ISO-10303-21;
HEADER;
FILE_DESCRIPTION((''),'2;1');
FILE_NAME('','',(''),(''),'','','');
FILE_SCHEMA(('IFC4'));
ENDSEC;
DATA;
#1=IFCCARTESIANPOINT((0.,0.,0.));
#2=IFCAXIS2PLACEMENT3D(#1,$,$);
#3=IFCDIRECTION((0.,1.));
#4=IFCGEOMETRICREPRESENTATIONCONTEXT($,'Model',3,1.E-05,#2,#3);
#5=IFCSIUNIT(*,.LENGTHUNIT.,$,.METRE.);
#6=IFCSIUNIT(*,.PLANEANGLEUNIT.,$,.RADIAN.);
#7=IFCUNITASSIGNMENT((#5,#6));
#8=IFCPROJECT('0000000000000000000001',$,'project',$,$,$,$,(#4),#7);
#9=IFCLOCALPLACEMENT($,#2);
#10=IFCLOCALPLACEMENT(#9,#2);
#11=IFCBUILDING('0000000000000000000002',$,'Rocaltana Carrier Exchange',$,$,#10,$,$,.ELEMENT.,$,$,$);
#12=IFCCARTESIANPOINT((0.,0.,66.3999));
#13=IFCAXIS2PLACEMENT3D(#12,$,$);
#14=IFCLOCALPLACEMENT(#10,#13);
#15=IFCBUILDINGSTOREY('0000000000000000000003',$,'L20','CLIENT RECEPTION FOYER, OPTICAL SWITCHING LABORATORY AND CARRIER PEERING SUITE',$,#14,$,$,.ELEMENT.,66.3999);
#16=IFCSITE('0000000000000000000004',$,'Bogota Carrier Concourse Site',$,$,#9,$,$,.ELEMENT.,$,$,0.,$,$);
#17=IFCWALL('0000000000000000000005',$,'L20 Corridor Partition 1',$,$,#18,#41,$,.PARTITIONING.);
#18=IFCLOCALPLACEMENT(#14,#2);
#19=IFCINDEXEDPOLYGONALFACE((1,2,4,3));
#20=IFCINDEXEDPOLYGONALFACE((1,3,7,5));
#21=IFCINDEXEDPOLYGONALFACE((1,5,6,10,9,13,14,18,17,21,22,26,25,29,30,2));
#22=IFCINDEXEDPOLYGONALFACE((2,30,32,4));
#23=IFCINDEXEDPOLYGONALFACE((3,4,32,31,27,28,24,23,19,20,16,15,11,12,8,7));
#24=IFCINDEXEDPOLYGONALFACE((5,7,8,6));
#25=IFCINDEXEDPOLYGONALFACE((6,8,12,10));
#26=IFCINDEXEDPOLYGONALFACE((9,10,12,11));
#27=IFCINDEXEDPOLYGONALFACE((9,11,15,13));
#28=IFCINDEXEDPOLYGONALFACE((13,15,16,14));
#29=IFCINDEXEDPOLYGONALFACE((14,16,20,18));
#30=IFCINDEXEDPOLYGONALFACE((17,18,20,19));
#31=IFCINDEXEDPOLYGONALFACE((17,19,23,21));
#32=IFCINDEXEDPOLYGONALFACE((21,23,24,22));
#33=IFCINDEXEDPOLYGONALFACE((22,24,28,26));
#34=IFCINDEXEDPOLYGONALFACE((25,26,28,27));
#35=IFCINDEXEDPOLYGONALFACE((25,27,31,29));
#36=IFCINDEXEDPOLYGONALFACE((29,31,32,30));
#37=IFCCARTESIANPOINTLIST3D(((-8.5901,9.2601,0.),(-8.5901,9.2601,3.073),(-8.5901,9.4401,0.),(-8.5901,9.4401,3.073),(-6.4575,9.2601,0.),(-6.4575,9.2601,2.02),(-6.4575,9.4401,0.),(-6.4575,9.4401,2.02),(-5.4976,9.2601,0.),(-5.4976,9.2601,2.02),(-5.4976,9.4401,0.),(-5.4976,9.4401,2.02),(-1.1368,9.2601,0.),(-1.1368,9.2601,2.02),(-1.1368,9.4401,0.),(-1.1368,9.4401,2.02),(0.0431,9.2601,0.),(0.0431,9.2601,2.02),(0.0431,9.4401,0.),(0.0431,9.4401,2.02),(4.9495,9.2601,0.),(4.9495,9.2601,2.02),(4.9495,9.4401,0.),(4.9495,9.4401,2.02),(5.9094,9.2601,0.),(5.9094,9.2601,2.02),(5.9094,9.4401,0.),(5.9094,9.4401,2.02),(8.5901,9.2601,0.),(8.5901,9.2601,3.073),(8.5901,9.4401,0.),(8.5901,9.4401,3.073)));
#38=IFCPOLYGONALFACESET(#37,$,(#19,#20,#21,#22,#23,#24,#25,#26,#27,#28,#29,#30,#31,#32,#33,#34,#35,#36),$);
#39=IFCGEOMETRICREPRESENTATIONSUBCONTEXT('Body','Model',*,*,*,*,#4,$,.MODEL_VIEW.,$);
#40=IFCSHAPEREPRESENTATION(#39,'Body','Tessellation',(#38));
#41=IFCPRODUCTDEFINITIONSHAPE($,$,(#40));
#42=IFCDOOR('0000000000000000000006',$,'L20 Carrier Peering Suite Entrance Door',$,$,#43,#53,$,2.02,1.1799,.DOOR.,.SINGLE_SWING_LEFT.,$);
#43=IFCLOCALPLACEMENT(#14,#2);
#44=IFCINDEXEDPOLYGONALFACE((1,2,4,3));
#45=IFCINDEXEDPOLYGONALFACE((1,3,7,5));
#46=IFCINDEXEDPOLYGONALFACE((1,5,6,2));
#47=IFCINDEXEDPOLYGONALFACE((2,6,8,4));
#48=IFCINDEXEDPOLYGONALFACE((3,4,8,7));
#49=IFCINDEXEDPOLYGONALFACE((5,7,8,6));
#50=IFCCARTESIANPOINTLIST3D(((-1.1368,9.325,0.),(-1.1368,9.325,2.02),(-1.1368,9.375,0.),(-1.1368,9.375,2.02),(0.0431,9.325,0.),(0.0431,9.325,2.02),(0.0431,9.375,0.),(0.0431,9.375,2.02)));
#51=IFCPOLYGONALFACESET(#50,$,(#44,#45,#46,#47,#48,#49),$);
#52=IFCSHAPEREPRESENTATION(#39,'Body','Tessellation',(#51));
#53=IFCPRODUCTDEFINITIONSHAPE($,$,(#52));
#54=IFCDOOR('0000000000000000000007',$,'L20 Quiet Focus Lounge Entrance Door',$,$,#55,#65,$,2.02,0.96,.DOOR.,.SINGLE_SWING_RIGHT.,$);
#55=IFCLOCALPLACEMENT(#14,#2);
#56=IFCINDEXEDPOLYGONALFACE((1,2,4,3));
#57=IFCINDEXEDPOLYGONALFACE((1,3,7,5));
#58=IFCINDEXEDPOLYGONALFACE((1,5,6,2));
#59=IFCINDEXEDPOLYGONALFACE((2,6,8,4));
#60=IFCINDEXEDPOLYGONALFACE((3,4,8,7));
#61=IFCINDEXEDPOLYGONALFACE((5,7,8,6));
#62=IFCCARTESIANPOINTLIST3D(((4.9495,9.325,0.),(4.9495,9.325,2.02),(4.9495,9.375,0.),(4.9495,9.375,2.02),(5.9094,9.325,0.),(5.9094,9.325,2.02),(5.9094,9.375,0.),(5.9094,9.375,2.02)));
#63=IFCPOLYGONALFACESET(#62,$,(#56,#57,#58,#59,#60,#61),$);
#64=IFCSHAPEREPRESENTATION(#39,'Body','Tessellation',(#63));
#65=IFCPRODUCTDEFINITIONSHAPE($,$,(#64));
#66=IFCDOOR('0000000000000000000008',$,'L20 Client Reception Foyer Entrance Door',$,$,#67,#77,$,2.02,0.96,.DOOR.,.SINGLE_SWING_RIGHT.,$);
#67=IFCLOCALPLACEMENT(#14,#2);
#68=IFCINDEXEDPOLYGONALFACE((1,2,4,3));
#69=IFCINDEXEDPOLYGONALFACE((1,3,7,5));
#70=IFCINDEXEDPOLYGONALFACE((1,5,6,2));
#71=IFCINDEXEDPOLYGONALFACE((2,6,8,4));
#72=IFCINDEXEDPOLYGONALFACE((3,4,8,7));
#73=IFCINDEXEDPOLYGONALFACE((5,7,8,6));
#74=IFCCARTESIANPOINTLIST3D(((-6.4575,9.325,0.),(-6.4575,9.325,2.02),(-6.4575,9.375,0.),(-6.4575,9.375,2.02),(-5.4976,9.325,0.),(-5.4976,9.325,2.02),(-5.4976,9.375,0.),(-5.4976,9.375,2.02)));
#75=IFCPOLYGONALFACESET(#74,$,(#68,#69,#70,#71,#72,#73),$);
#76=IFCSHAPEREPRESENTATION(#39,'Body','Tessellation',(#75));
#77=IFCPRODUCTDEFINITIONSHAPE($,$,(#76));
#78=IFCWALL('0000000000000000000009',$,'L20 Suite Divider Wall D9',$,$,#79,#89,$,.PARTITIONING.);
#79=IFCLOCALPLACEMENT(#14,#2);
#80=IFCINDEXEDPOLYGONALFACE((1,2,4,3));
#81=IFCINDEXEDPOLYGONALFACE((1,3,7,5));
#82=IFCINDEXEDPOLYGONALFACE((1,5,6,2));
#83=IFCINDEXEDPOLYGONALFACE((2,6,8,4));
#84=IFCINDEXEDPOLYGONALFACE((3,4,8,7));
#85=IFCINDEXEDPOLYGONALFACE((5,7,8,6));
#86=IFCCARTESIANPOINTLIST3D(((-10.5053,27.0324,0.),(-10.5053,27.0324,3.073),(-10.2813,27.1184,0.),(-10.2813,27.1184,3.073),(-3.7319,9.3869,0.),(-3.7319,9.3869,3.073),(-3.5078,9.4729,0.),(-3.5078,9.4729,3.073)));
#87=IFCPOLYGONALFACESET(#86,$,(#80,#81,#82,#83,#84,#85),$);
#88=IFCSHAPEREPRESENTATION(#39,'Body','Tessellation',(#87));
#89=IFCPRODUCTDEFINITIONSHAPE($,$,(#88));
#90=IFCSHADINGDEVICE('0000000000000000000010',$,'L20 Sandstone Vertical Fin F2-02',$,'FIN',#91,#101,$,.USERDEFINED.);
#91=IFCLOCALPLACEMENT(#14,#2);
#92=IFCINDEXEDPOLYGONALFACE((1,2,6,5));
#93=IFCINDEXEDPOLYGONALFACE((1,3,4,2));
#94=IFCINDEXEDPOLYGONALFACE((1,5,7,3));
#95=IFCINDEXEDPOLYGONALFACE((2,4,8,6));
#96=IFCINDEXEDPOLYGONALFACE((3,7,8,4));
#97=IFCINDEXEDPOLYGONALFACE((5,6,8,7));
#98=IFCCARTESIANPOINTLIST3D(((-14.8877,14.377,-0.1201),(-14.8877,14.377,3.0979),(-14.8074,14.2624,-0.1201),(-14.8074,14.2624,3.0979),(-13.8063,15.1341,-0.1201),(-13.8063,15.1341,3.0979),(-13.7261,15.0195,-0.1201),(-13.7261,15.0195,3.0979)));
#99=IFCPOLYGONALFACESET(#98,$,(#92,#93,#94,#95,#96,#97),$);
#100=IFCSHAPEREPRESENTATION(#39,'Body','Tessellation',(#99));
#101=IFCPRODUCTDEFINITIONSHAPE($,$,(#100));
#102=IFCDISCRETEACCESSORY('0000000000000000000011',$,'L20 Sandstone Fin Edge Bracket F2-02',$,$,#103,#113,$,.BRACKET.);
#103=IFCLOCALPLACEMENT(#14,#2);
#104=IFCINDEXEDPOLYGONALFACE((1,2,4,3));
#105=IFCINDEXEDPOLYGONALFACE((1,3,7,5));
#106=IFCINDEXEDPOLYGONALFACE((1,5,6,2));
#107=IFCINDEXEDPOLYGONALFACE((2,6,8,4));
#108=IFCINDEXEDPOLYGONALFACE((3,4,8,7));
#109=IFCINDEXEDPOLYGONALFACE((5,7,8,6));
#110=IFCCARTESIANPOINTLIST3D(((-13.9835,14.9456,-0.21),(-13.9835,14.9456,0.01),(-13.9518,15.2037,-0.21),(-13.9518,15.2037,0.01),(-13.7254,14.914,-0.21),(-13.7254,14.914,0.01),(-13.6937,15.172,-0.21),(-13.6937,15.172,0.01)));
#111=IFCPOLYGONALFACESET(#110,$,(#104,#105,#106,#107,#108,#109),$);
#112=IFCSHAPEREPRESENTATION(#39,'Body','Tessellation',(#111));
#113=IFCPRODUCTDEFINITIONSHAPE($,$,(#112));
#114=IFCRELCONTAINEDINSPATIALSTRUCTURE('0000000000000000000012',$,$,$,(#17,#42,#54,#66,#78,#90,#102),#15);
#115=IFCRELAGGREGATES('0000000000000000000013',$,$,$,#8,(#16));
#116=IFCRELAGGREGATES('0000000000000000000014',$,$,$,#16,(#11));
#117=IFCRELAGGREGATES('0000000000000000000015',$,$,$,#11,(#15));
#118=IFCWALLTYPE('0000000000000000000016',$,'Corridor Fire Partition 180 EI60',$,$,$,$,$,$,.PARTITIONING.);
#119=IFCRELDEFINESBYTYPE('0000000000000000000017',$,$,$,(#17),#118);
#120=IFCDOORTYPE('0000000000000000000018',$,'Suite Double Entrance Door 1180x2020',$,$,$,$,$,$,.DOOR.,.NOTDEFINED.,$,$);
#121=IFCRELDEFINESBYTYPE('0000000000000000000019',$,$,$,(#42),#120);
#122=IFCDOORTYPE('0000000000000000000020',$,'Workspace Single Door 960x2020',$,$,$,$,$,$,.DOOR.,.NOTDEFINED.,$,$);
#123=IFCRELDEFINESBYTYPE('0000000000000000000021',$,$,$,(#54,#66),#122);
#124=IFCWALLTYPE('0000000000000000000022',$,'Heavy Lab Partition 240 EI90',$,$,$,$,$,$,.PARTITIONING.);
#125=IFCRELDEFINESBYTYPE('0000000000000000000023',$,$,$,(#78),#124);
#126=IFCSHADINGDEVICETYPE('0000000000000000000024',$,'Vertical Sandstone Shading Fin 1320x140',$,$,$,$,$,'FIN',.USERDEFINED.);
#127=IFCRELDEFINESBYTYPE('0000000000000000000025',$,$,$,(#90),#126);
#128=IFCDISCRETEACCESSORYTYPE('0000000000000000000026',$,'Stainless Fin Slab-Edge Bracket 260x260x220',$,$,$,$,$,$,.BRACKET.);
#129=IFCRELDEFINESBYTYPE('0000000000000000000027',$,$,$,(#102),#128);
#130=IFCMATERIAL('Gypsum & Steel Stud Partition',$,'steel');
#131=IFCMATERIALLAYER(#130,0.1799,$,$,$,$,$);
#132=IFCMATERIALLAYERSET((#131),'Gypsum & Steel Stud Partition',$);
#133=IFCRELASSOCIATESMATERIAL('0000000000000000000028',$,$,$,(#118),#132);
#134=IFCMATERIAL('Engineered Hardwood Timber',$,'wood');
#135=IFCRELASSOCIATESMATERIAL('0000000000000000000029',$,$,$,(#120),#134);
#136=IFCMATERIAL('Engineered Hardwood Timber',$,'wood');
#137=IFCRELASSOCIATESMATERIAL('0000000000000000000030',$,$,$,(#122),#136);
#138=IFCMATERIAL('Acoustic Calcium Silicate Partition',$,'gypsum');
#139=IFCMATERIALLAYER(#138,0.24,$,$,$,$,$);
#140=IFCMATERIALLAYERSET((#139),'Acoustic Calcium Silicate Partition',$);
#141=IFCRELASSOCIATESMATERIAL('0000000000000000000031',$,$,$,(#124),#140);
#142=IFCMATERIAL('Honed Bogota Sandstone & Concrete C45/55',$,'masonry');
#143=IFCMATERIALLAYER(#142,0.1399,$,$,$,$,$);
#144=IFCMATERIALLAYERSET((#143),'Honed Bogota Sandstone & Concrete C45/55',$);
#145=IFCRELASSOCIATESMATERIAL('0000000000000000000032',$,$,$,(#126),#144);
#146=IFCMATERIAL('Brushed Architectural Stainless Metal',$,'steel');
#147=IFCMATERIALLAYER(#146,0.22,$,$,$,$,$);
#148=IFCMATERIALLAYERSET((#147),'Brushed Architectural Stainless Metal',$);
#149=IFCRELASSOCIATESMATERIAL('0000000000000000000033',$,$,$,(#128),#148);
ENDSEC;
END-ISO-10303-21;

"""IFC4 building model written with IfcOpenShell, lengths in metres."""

from ifc_helpers import new_model, si_unit, direction, frame, frame_2d, origin, origin_2d, place, context, subcontext, project, spatial, rectangle, extrude, material, layer, layer_set, type_object, element, fill, save


model = new_model("IFC4")

# Units and contexts
model_context = context("Model", 3, precision=1e-05, world=origin(), true_north=direction((0.0, 1.0)))
body_context = subcontext(model_context, "Body", "Model", "MODEL_VIEW")
ifc_project = project(units=[si_unit("LENGTHUNIT", "METRE"), si_unit("PLANEANGLEUNIT", "RADIAN")], contexts=[model_context])

# Site, building, storey
site_placement = place(None, origin())
site = spatial("IfcSite", under=ifc_project, at=site_placement, Name="Bogota Carrier Concourse Site", CompositionType="ELEMENT", RefElevation=0.0)
building_placement = place(site_placement, origin())
building = spatial("IfcBuilding", under=site, at=building_placement, Name="Rocaltana Carrier Exchange", CompositionType="ELEMENT")
storey_placement = place(building_placement, frame((0.0, 0.0, 66.3999)))
storey = spatial("IfcBuildingStorey", under=building, at=storey_placement, Name="L20", Description="CLIENT RECEPTION FOYER, OPTICAL SWITCHING LABORATORY AND CARRIER PEERING SUITE", CompositionType="ELEMENT", Elevation=66.3999)

# Wall, openings, doors
ifc_material_1 = material(Name="Gypsum & Steel Stud Partition", Category="steel")
ifc_layer_1 = layer(ifc_material_1, 0.1799)
ifc_layer_set_1 = layer_set([ifc_layer_1], Name="Gypsum & Steel Stud Partition")
wall_type_1 = type_object("IfcWallType", Name="Corridor Fire Partition 180 EI60", PredefinedType="PARTITIONING", material=ifc_layer_set_1)
wall_1_placement = place(storey_placement, frame((-8.5901, 9.3501, 0.0), z_axis=(0.0, 0.0, 1.0), x_axis=(1.0, 0.0, 0.0)))
wall_1 = element("IfcWall", 1, at=wall_1_placement, inside=storey, type_object=wall_type_1, Name="L20 Corridor Partition 1", PredefinedType="PARTITIONING", context=body_context, shape_type="SweptSolid", body=[
    extrude(rectangle(XDim=17.1802, YDim=0.1799, at=frame_2d((8.5901, 0.0))), origin(), (0.0, 0.0, 1.0), 3.073),
])
opening_1_placement = place(wall_1_placement, frame((13.5396, 0.0, 0.0)))
opening_1 = element("IfcOpeningElement", 2, at=opening_1_placement, cuts=wall_1, PredefinedType="OPENING", context=body_context, shape_type="SweptSolid", body=[
    extrude(rectangle(XDim=0.96, YDim=2.02, at=frame_2d((0.48, 1.01))), frame((0.0, 0.0999, 0.0), z_axis=(0.0, -1.0, 0.0), x_axis=(1.0, 0.0, 0.0)), (0.0, 0.0, 1.0), 0.2),
])
opening_2_placement = place(wall_1_placement, frame((7.4534, 0.0, 0.0)))
opening_2 = element("IfcOpeningElement", 3, at=opening_2_placement, cuts=wall_1, PredefinedType="OPENING", context=body_context, shape_type="SweptSolid", body=[
    extrude(rectangle(XDim=1.1799, YDim=2.02, at=frame_2d((0.5898, 1.01))), frame((0.0, 0.0999, 0.0), z_axis=(0.0, -1.0, 0.0), x_axis=(1.0, 0.0, 0.0)), (0.0, 0.0, 1.0), 0.2),
])
opening_3_placement = place(wall_1_placement, frame((2.1326, 0.0, 0.0)))
opening_3 = element("IfcOpeningElement", 4, at=opening_3_placement, cuts=wall_1, PredefinedType="OPENING", context=body_context, shape_type="SweptSolid", body=[
    extrude(rectangle(XDim=0.96, YDim=2.02, at=frame_2d((0.48, 1.01))), frame((0.0, 0.0999, 0.0), z_axis=(0.0, -1.0, 0.0), x_axis=(1.0, 0.0, 0.0)), (0.0, 0.0, 1.0), 0.2),
])
ifc_material_2 = material(Name="Engineered Hardwood Timber", Category="wood")
door_type_1 = type_object("IfcDoorType", Name="Suite Double Entrance Door 1180x2020", OperationType="NOTDEFINED", PredefinedType="DOOR", material=ifc_material_2)
door_1_placement = place(opening_2_placement, origin())
door_1 = element("IfcDoor", 5, at=door_1_placement, inside=storey, type_object=door_type_1, Name="L20 Carrier Peering Suite Entrance Door", OperationType="SINGLE_SWING_LEFT", OverallHeight=2.02, OverallWidth=1.1799, PredefinedType="DOOR", context=body_context, shape_type="SweptSolid", body=[
    extrude(rectangle(XDim=1.1799, YDim=2.02, at=frame_2d((0.5898, 1.01))), frame((0.0, 0.0249, 0.0), z_axis=(0.0, -1.0, 0.0), x_axis=(1.0, 0.0, 0.0)), (0.0, 0.0, 1.0), 0.05),
])
fill(opening_2, door_1)
ifc_material_3 = material(Name="Engineered Hardwood Timber", Category="wood")
door_type_2 = type_object("IfcDoorType", Name="Workspace Single Door 960x2020", OperationType="NOTDEFINED", PredefinedType="DOOR", material=ifc_material_3)
door_2_placement = place(opening_1_placement, origin())
door_2 = element("IfcDoor", 6, at=door_2_placement, inside=storey, type_object=door_type_2, Name="L20 Quiet Focus Lounge Entrance Door", OperationType="SINGLE_SWING_RIGHT", OverallHeight=2.02, OverallWidth=0.96, PredefinedType="DOOR", context=body_context, shape_type="SweptSolid", body=[
    extrude(rectangle(XDim=0.96, YDim=2.02, at=frame_2d((0.48, 1.01))), frame((0.0, 0.0249, 0.0), z_axis=(0.0, -1.0, 0.0), x_axis=(1.0, 0.0, 0.0)), (0.0, 0.0, 1.0), 0.05),
])
fill(opening_1, door_2)
door_3_placement = place(opening_3_placement, origin())
door_3 = element("IfcDoor", 7, at=door_3_placement, inside=storey, type_object=door_type_2, Name="L20 Client Reception Foyer Entrance Door", OperationType="SINGLE_SWING_RIGHT", OverallHeight=2.02, OverallWidth=0.96, PredefinedType="DOOR", context=body_context, shape_type="SweptSolid", body=[
    extrude(rectangle(XDim=0.96, YDim=2.02, at=frame_2d((0.48, 1.01))), frame((0.0, 0.0249, 0.0), z_axis=(0.0, -1.0, 0.0), x_axis=(1.0, 0.0, 0.0)), (0.0, 0.0, 1.0), 0.05),
])
fill(opening_3, door_3)

# Wall
ifc_material_4 = material(Name="Acoustic Calcium Silicate Partition", Category="gypsum")
ifc_layer_2 = layer(ifc_material_4, 0.24)
ifc_layer_set_2 = layer_set([ifc_layer_2], Name="Acoustic Calcium Silicate Partition")
wall_type_2 = type_object("IfcWallType", Name="Heavy Lab Partition 240 EI90", PredefinedType="PARTITIONING", material=ifc_layer_set_2)
wall_2_placement = place(storey_placement, frame((-3.6199, 9.4299, 0.0), z_axis=(0.0, 0.0, 1.0), x_axis=(-0.358366, 0.933581, 0.0)))
element("IfcWall", 8, at=wall_2_placement, inside=storey, type_object=wall_type_2, Name="L20 Suite Divider Wall D9", PredefinedType="PARTITIONING", context=body_context, shape_type="SweptSolid", body=[
    extrude(rectangle(XDim=18.9009, YDim=0.24, at=frame_2d((9.4504, 0.0))), origin(), (0.0, 0.0, 1.0), 3.073),
])

# Shading device
ifc_material_5 = material(Name="Honed Bogota Sandstone & Concrete C45/55", Category="masonry")
ifc_layer_3 = layer(ifc_material_5, 0.1399)
ifc_layer_set_3 = layer_set([ifc_layer_3], Name="Honed Bogota Sandstone & Concrete C45/55")
shading_device_type = type_object("IfcShadingDeviceType", Name="Vertical Sandstone Shading Fin 1320x140", ElementType="FIN", PredefinedType="USERDEFINED", material=ifc_layer_set_3)
shading_device_placement = place(storey_placement, frame((-14.3069, 14.6982, -0.1201), z_axis=(0.0, 0.0, 1.0), x_axis=(-0.819152, -0.573576, 0.0)))
element("IfcShadingDevice", 9, at=shading_device_placement, inside=storey, type_object=shading_device_type, Name="L20 Sandstone Vertical Fin F2-02", ObjectType="FIN", PredefinedType="USERDEFINED", context=body_context, shape_type="SweptSolid", body=[
    extrude(rectangle(XDim=1.3201, YDim=0.1399, at=origin_2d()), origin(), (0.0, 0.0, 1.0), 3.218),
])

# Discrete accessory
ifc_material_6 = material(Name="Brushed Architectural Stainless Metal", Category="steel")
ifc_layer_4 = layer(ifc_material_6, 0.22)
ifc_layer_set_4 = layer_set([ifc_layer_4], Name="Brushed Architectural Stainless Metal")
discrete_accessory_type = type_object("IfcDiscreteAccessoryType", Name="Stainless Fin Slab-Edge Bracket 260x260x220", PredefinedType="BRACKET", material=ifc_layer_set_4)
discrete_accessory_placement = place(storey_placement, frame((-13.8386, 15.0588, -0.21), z_axis=(0.0, 0.0, 1.0), x_axis=(-0.121869, -0.992546, 0.0)))
element("IfcDiscreteAccessory", 10, at=discrete_accessory_placement, inside=storey, type_object=discrete_accessory_type, Name="L20 Sandstone Fin Edge Bracket F2-02", PredefinedType="BRACKET", context=body_context, shape_type="SweptSolid", body=[
    extrude(rectangle(XDim=0.26, YDim=0.26, at=origin_2d()), origin(), (0.0, 0.0, 1.0), 0.22),
])

save(model, "model.ifc")
